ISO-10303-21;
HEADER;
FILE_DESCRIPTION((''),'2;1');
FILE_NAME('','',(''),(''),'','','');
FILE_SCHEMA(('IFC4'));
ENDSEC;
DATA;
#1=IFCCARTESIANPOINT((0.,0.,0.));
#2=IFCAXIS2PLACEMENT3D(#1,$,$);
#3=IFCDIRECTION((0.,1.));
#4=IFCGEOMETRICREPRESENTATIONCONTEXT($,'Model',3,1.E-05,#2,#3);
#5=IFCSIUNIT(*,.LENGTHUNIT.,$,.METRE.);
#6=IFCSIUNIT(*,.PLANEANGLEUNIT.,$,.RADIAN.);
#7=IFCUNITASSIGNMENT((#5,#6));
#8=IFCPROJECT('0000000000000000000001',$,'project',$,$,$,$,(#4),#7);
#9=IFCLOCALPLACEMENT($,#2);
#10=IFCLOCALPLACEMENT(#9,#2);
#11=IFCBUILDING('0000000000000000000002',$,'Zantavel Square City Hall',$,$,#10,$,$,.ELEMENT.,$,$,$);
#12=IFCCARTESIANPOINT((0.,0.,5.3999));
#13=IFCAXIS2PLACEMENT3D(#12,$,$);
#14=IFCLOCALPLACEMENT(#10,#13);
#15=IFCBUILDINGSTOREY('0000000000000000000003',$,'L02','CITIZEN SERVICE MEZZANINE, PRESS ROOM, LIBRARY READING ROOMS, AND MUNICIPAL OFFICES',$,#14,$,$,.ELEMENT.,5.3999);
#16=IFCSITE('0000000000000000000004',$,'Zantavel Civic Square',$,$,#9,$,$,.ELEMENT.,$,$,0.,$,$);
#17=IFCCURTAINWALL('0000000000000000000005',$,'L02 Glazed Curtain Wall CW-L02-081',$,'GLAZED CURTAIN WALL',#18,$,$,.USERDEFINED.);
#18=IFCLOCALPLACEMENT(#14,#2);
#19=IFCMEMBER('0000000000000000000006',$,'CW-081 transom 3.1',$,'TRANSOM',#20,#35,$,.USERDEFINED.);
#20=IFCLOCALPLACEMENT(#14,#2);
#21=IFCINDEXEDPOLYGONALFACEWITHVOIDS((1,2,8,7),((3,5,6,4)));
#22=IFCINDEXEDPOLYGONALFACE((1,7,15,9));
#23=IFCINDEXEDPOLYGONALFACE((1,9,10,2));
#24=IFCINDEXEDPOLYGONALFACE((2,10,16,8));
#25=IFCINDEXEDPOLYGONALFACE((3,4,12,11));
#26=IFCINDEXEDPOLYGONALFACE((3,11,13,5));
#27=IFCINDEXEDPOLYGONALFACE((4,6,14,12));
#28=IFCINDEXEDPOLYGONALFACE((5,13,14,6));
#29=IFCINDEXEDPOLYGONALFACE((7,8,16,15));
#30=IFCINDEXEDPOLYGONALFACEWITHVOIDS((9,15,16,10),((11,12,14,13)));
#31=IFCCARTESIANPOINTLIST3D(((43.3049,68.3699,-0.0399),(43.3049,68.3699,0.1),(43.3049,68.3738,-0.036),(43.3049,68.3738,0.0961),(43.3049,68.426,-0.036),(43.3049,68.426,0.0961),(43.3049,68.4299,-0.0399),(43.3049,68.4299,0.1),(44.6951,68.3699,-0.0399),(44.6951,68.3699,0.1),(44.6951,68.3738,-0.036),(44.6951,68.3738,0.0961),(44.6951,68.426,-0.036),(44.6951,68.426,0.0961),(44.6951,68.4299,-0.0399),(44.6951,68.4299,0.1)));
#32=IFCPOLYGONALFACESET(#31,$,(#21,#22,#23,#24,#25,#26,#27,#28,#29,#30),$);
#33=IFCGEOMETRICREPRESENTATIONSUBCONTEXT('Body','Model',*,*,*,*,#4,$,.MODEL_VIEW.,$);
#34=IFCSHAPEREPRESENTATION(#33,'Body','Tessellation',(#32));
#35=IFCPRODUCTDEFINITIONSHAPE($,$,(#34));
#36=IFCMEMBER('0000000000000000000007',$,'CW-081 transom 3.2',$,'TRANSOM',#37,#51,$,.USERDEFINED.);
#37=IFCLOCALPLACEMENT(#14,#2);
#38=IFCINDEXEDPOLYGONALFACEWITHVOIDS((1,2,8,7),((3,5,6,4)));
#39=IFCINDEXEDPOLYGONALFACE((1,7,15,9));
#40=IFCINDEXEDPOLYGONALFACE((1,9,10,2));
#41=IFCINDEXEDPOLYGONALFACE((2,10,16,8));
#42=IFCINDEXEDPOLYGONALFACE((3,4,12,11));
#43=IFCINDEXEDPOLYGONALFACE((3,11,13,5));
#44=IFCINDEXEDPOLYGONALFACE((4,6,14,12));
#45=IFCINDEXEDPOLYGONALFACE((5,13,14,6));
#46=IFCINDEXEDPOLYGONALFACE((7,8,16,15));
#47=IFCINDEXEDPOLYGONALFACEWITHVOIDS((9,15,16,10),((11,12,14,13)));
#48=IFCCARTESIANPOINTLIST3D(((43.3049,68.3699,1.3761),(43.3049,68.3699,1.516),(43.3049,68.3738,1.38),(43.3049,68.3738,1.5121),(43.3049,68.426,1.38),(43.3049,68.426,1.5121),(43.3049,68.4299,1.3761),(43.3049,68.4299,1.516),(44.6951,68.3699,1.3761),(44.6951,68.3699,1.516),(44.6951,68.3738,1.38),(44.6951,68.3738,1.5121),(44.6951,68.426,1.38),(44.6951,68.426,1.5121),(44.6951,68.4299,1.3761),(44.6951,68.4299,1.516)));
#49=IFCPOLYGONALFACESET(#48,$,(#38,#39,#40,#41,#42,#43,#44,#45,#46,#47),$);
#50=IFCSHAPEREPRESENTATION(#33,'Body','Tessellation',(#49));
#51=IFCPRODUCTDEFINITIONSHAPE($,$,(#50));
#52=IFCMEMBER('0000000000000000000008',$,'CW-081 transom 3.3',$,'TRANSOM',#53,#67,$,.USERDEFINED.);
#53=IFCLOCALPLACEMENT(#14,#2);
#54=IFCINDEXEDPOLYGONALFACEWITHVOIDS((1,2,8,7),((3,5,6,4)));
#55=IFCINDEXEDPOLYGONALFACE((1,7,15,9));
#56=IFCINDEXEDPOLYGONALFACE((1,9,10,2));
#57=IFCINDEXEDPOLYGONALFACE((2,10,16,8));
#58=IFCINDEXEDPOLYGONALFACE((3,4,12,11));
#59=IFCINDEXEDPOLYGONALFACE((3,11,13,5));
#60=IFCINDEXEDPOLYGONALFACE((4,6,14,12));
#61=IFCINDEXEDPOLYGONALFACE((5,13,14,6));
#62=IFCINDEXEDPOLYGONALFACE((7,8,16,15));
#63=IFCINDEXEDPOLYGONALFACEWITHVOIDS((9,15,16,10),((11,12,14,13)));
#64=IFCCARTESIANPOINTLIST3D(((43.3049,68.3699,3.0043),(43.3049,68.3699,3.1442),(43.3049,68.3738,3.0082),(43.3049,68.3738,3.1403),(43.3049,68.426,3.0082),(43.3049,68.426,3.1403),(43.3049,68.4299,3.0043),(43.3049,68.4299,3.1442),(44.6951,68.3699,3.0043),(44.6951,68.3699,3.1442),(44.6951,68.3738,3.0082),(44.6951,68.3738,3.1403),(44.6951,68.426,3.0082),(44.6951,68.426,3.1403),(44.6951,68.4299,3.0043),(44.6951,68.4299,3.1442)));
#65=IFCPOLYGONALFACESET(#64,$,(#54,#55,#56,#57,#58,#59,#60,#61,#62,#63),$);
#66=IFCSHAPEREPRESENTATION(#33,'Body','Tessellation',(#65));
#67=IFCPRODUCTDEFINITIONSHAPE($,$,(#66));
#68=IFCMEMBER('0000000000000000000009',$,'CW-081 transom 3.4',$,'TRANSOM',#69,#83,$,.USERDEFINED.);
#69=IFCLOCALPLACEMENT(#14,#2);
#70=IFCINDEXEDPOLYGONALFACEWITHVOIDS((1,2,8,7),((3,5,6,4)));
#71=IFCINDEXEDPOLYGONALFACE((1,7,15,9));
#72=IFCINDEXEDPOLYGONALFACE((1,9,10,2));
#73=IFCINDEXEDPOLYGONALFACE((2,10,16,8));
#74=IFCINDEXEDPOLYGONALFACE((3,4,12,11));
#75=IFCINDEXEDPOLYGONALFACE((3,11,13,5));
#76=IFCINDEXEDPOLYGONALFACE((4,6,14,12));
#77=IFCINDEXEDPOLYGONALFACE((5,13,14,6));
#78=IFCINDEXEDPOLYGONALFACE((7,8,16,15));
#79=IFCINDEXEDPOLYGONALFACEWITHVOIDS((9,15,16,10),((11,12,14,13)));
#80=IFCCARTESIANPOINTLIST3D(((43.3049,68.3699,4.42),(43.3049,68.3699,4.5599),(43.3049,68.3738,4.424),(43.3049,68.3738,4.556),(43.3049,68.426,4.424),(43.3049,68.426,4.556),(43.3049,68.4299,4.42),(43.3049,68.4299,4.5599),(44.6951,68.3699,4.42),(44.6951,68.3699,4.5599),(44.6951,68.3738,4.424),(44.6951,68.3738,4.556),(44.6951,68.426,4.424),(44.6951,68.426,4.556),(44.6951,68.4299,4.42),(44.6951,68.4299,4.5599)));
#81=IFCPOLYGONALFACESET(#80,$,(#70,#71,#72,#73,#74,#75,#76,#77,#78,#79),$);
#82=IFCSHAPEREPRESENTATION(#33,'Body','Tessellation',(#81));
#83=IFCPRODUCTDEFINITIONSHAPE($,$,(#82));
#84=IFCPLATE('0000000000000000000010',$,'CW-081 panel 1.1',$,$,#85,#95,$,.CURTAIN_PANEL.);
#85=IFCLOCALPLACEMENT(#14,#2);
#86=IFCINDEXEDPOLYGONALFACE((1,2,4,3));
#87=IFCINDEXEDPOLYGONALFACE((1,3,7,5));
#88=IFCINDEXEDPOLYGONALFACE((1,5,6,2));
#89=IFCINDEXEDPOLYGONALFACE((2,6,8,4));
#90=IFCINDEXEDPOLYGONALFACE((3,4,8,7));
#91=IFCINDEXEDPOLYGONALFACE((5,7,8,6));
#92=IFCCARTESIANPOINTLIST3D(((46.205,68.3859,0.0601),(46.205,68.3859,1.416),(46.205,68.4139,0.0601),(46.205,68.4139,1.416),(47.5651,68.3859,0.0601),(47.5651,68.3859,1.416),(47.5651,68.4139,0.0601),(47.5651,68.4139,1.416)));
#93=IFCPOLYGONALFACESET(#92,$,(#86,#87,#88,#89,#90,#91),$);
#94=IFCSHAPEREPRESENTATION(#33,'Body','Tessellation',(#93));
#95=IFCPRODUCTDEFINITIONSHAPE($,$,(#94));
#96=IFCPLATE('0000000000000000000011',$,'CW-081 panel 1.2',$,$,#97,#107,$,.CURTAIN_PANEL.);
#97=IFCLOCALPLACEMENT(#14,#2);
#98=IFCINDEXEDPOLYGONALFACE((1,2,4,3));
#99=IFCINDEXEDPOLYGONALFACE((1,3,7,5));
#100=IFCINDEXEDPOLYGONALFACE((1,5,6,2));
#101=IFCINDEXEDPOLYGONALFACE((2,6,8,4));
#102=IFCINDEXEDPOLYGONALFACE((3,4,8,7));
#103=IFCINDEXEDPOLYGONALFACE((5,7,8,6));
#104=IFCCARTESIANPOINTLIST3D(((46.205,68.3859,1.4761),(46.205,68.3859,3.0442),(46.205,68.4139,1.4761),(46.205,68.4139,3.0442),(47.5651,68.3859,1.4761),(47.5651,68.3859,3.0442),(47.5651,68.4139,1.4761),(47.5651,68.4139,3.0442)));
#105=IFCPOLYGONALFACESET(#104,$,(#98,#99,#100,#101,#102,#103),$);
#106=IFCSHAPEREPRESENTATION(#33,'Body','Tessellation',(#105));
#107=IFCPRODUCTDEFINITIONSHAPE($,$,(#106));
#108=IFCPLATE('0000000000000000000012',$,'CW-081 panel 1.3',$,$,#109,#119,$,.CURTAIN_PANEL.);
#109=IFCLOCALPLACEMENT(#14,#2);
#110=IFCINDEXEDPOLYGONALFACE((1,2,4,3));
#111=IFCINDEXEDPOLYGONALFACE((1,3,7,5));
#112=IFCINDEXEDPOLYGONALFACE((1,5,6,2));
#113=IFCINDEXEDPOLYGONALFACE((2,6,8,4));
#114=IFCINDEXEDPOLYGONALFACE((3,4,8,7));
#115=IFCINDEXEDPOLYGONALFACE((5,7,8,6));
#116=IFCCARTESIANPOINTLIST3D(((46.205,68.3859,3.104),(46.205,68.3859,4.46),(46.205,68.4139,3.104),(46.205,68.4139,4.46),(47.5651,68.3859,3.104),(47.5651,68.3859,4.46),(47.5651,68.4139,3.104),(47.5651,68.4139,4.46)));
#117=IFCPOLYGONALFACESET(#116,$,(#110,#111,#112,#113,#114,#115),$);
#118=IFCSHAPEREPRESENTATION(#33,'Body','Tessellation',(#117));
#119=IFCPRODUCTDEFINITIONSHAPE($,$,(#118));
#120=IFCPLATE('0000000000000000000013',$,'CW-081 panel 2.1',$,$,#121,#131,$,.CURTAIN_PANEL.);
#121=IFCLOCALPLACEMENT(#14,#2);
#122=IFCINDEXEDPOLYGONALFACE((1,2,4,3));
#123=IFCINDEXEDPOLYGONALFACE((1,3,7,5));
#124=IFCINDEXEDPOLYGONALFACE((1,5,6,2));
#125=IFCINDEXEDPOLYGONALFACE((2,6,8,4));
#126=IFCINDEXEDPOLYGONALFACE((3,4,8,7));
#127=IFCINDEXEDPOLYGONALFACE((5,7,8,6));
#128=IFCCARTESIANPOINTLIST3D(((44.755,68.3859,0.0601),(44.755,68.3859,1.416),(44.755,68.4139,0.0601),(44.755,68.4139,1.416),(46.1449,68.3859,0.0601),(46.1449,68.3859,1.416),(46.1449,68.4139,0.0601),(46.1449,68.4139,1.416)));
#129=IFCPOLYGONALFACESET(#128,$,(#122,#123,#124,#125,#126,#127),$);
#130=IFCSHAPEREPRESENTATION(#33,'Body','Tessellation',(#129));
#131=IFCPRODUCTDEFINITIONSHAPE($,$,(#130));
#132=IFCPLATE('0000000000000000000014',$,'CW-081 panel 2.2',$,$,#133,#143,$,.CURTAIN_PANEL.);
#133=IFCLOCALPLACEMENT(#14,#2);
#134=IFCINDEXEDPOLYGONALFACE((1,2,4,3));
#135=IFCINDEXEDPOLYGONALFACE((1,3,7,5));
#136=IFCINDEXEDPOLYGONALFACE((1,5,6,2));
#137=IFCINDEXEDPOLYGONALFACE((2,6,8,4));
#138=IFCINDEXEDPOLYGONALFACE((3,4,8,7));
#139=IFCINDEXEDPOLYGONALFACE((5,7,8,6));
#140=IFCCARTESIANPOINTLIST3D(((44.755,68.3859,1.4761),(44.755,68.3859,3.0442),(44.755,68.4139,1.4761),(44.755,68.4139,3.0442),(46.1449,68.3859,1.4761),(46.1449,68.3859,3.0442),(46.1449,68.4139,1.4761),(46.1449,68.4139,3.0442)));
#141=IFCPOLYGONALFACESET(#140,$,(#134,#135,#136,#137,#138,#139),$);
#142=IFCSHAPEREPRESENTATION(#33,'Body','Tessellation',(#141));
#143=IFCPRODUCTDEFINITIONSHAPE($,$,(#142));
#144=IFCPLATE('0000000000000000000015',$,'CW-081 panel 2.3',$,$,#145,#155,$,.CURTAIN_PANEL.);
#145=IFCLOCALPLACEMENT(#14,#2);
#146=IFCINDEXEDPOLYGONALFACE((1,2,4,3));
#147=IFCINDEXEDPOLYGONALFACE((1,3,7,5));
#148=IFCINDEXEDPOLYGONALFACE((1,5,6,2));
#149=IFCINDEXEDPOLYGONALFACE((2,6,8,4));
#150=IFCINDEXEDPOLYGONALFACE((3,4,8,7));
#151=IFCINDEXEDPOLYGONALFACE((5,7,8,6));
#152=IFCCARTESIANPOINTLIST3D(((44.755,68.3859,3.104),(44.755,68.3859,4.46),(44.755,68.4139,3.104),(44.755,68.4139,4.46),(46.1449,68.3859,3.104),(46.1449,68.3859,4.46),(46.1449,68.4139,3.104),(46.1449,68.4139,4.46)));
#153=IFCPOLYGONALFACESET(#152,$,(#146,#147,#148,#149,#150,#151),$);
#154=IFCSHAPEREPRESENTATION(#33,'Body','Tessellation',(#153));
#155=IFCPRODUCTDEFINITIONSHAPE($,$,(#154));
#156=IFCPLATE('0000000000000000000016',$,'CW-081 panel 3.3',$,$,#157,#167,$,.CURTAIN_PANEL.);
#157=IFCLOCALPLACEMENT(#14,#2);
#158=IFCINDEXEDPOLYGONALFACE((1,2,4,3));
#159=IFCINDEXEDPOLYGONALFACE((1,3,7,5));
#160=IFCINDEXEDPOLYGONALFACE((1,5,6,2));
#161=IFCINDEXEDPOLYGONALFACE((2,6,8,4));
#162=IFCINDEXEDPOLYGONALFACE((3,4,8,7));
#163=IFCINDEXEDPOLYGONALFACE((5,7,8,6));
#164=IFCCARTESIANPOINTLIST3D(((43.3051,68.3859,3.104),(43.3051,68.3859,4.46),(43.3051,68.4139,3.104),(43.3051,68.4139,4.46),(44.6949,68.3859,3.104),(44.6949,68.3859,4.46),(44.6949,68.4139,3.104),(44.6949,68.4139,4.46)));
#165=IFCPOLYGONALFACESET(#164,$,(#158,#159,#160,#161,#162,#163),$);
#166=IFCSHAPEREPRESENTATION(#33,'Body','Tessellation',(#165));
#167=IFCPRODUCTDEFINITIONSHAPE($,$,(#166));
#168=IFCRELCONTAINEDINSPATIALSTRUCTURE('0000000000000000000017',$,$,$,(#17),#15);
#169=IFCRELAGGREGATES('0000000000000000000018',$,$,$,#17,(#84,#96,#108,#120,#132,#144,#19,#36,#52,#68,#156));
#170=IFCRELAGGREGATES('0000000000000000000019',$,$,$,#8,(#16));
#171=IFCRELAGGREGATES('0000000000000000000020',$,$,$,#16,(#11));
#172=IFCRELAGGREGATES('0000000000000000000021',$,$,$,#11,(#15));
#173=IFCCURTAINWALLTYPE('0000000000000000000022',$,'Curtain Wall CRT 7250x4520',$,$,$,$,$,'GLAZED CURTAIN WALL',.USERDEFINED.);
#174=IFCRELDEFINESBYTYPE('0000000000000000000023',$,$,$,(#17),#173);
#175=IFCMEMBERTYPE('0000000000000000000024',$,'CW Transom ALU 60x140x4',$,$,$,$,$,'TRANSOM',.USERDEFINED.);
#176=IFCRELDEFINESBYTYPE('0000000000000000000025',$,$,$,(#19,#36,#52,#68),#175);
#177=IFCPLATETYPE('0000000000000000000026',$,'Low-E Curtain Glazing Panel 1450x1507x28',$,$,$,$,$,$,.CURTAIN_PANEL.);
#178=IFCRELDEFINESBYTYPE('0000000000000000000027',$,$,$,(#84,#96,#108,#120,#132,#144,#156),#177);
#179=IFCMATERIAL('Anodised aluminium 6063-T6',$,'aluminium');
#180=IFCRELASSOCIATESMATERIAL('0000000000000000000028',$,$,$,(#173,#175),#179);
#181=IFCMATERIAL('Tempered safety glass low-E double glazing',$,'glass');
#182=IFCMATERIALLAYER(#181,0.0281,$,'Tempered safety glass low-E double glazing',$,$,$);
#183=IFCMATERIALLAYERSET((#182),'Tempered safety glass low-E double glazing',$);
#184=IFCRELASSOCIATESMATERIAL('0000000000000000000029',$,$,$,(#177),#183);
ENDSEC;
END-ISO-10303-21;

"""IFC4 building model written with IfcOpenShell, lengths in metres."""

from ifc_helpers import new_model, si_unit, direction, frame, origin, origin_2d, place, context, subcontext, project, spatial, rectangle, hollow_rectangle, extrude, material, layer, layer_set, material_profile, profile_set, type_object, element, aggregate, save


model = new_model("IFC4")

# Units and contexts
model_context = context("Model", 3, precision=1e-05, world=origin(), true_north=direction((0.0, 1.0)))
body_context = subcontext(model_context, "Body", "Model", "MODEL_VIEW")
ifc_project = project(units=[si_unit("LENGTHUNIT", "METRE"), si_unit("PLANEANGLEUNIT", "RADIAN")], contexts=[model_context])

# Site, building, storey
site_placement = place(None, origin())
site = spatial("IfcSite", under=ifc_project, at=site_placement, Name="Zantavel Civic Square", CompositionType="ELEMENT", RefElevation=0.0)
building_placement = place(site_placement, origin())
building = spatial("IfcBuilding", under=site, at=building_placement, Name="Zantavel Square City Hall", CompositionType="ELEMENT")
storey_placement = place(building_placement, frame((0.0, 0.0, 5.3999)))
storey = spatial("IfcBuildingStorey", under=building, at=storey_placement, Name="L02", Description="CITIZEN SERVICE MEZZANINE, PRESS ROOM, LIBRARY READING ROOMS, AND MUNICIPAL OFFICES", CompositionType="ELEMENT", Elevation=5.3999)

# Curtain wall, members, plates
ifc_material_1 = material(Name="Anodised aluminium 6063-T6", Category="aluminium")
curtain_wall_type = type_object("IfcCurtainWallType", Name="Curtain Wall CRT 7250x4520", ElementType="GLAZED CURTAIN WALL", PredefinedType="USERDEFINED", material=ifc_material_1)
curtain_wall_placement = place(storey_placement, origin())
curtain_wall = element("IfcCurtainWall", 1, at=curtain_wall_placement, inside=storey, type_object=curtain_wall_type, Name="L02 Glazed Curtain Wall CW-L02-081", ObjectType="GLAZED CURTAIN WALL", PredefinedType="USERDEFINED")
ifc_material_profile_1 = material_profile(ifc_material_1, hollow_rectangle(XDim=0.0601, YDim=0.1399, WallThickness=0.0039, at=origin_2d()), Name="ALU 60x140x4")
ifc_profile_set_1 = profile_set([ifc_material_profile_1], Name="Anodised aluminium 6063-T6")
member_type_1 = type_object("IfcMemberType", Name="CW Transom ALU 60x140x4", ElementType="TRANSOM", PredefinedType="USERDEFINED", material=ifc_profile_set_1)
member_1_placement = place(storey_placement, frame((44.6951, 68.3999, 0.03), z_axis=(-1.0, 0.0, 0.0), x_axis=(0.0, -1.0, 0.0)))
member_1 = element("IfcMember", 2, at=member_1_placement, type_object=member_type_1, Name="CW-081 transom 3.1", ObjectType="TRANSOM", PredefinedType="USERDEFINED", context=body_context, shape_type="SweptSolid", body=[
    extrude(hollow_rectangle(XDim=0.0601, YDim=0.1399, WallThickness=0.0039, at=origin_2d()), origin(), (0.0, 0.0, 1.0), 1.3901),
])
member_2_placement = place(storey_placement, frame((44.6951, 68.3999, 1.446), z_axis=(-1.0, 0.0, 0.0), x_axis=(0.0, -1.0, 0.0)))
member_2 = element("IfcMember", 3, at=member_2_placement, type_object=member_type_1, Name="CW-081 transom 3.2", ObjectType="TRANSOM", PredefinedType="USERDEFINED", context=body_context, shape_type="SweptSolid", body=[
    extrude(hollow_rectangle(XDim=0.0601, YDim=0.1399, WallThickness=0.0039, at=origin_2d()), origin(), (0.0, 0.0, 1.0), 1.3901),
])
member_3_placement = place(storey_placement, frame((44.6951, 68.3999, 3.0742), z_axis=(-1.0, 0.0, 0.0), x_axis=(0.0, -1.0, 0.0)))
member_3 = element("IfcMember", 4, at=member_3_placement, type_object=member_type_1, Name="CW-081 transom 3.3", ObjectType="TRANSOM", PredefinedType="USERDEFINED", context=body_context, shape_type="SweptSolid", body=[
    extrude(hollow_rectangle(XDim=0.0601, YDim=0.1399, WallThickness=0.0039, at=origin_2d()), origin(), (0.0, 0.0, 1.0), 1.3901),
])
member_4_placement = place(storey_placement, frame((44.6951, 68.3999, 4.49), z_axis=(-1.0, 0.0, 0.0), x_axis=(0.0, -1.0, 0.0)))
member_4 = element("IfcMember", 5, at=member_4_placement, type_object=member_type_1, Name="CW-081 transom 3.4", ObjectType="TRANSOM", PredefinedType="USERDEFINED", context=body_context, shape_type="SweptSolid", body=[
    extrude(hollow_rectangle(XDim=0.0601, YDim=0.1399, WallThickness=0.0039, at=origin_2d()), origin(), (0.0, 0.0, 1.0), 1.3901),
])
ifc_material_2 = material(Name="Tempered safety glass low-E double glazing", Category="glass")
ifc_layer = layer(ifc_material_2, 0.0281, Name="Tempered safety glass low-E double glazing")
ifc_layer_set = layer_set([ifc_layer], Name="Tempered safety glass low-E double glazing")
plate_type = type_object("IfcPlateType", Name="Low-E Curtain Glazing Panel 1450x1507x28", PredefinedType="CURTAIN_PANEL", material=ifc_layer_set)
plate_1_placement = place(storey_placement, frame((46.885, 68.3999, 0.0601), z_axis=(0.0, 0.0, 1.0), x_axis=(-1.0, 0.0, 0.0)))
plate_1 = element("IfcPlate", 6, at=plate_1_placement, type_object=plate_type, Name="CW-081 panel 1.1", PredefinedType="CURTAIN_PANEL", context=body_context, shape_type="SweptSolid", body=[
    extrude(rectangle(XDim=1.3601, YDim=0.0281, at=origin_2d()), origin(), (0.0, 0.0, 1.0), 1.356),
])
plate_2_placement = place(storey_placement, frame((46.885, 68.3999, 1.4761), z_axis=(0.0, 0.0, 1.0), x_axis=(-1.0, 0.0, 0.0)))
plate_2 = element("IfcPlate", 7, at=plate_2_placement, type_object=plate_type, Name="CW-081 panel 1.2", PredefinedType="CURTAIN_PANEL", context=body_context, shape_type="SweptSolid", body=[
    extrude(rectangle(XDim=1.3601, YDim=0.0281, at=origin_2d()), origin(), (0.0, 0.0, 1.0), 1.5681),
])
plate_3_placement = place(storey_placement, frame((46.885, 68.3999, 3.104), z_axis=(0.0, 0.0, 1.0), x_axis=(-1.0, 0.0, 0.0)))
plate_3 = element("IfcPlate", 8, at=plate_3_placement, type_object=plate_type, Name="CW-081 panel 1.3", PredefinedType="CURTAIN_PANEL", context=body_context, shape_type="SweptSolid", body=[
    extrude(rectangle(XDim=1.3601, YDim=0.0281, at=origin_2d()), origin(), (0.0, 0.0, 1.0), 1.356),
])
plate_4_placement = place(storey_placement, frame((45.45, 68.3999, 0.0601), z_axis=(0.0, 0.0, 1.0), x_axis=(-1.0, 0.0, 0.0)))
plate_4 = element("IfcPlate", 9, at=plate_4_placement, type_object=plate_type, Name="CW-081 panel 2.1", PredefinedType="CURTAIN_PANEL", context=body_context, shape_type="SweptSolid", body=[
    extrude(rectangle(XDim=1.3899, YDim=0.0281, at=origin_2d()), origin(), (0.0, 0.0, 1.0), 1.356),
])
plate_5_placement = place(storey_placement, frame((45.45, 68.3999, 1.4761), z_axis=(0.0, 0.0, 1.0), x_axis=(-1.0, 0.0, 0.0)))
plate_5 = element("IfcPlate", 10, at=plate_5_placement, type_object=plate_type, Name="CW-081 panel 2.2", PredefinedType="CURTAIN_PANEL", context=body_context, shape_type="SweptSolid", body=[
    extrude(rectangle(XDim=1.3899, YDim=0.0281, at=origin_2d()), origin(), (0.0, 0.0, 1.0), 1.5681),
])
plate_6_placement = place(storey_placement, frame((45.45, 68.3999, 3.104), z_axis=(0.0, 0.0, 1.0), x_axis=(-1.0, 0.0, 0.0)))
plate_6 = element("IfcPlate", 11, at=plate_6_placement, type_object=plate_type, Name="CW-081 panel 2.3", PredefinedType="CURTAIN_PANEL", context=body_context, shape_type="SweptSolid", body=[
    extrude(rectangle(XDim=1.3899, YDim=0.0281, at=origin_2d()), origin(), (0.0, 0.0, 1.0), 1.356),
])
plate_7_placement = place(storey_placement, frame((44.0, 68.3999, 3.104), z_axis=(0.0, 0.0, 1.0), x_axis=(-1.0, 0.0, 0.0)))
plate_7 = element("IfcPlate", 12, at=plate_7_placement, type_object=plate_type, Name="CW-081 panel 3.3", PredefinedType="CURTAIN_PANEL", context=body_context, shape_type="SweptSolid", body=[
    extrude(rectangle(XDim=1.3899, YDim=0.0281, at=origin_2d()), origin(), (0.0, 0.0, 1.0), 1.356),
])
aggregate(curtain_wall, [plate_1, plate_2, plate_3, plate_4, plate_5, plate_6, member_1, member_2, member_3, member_4, plate_7])

save(model, "model.ifc")
